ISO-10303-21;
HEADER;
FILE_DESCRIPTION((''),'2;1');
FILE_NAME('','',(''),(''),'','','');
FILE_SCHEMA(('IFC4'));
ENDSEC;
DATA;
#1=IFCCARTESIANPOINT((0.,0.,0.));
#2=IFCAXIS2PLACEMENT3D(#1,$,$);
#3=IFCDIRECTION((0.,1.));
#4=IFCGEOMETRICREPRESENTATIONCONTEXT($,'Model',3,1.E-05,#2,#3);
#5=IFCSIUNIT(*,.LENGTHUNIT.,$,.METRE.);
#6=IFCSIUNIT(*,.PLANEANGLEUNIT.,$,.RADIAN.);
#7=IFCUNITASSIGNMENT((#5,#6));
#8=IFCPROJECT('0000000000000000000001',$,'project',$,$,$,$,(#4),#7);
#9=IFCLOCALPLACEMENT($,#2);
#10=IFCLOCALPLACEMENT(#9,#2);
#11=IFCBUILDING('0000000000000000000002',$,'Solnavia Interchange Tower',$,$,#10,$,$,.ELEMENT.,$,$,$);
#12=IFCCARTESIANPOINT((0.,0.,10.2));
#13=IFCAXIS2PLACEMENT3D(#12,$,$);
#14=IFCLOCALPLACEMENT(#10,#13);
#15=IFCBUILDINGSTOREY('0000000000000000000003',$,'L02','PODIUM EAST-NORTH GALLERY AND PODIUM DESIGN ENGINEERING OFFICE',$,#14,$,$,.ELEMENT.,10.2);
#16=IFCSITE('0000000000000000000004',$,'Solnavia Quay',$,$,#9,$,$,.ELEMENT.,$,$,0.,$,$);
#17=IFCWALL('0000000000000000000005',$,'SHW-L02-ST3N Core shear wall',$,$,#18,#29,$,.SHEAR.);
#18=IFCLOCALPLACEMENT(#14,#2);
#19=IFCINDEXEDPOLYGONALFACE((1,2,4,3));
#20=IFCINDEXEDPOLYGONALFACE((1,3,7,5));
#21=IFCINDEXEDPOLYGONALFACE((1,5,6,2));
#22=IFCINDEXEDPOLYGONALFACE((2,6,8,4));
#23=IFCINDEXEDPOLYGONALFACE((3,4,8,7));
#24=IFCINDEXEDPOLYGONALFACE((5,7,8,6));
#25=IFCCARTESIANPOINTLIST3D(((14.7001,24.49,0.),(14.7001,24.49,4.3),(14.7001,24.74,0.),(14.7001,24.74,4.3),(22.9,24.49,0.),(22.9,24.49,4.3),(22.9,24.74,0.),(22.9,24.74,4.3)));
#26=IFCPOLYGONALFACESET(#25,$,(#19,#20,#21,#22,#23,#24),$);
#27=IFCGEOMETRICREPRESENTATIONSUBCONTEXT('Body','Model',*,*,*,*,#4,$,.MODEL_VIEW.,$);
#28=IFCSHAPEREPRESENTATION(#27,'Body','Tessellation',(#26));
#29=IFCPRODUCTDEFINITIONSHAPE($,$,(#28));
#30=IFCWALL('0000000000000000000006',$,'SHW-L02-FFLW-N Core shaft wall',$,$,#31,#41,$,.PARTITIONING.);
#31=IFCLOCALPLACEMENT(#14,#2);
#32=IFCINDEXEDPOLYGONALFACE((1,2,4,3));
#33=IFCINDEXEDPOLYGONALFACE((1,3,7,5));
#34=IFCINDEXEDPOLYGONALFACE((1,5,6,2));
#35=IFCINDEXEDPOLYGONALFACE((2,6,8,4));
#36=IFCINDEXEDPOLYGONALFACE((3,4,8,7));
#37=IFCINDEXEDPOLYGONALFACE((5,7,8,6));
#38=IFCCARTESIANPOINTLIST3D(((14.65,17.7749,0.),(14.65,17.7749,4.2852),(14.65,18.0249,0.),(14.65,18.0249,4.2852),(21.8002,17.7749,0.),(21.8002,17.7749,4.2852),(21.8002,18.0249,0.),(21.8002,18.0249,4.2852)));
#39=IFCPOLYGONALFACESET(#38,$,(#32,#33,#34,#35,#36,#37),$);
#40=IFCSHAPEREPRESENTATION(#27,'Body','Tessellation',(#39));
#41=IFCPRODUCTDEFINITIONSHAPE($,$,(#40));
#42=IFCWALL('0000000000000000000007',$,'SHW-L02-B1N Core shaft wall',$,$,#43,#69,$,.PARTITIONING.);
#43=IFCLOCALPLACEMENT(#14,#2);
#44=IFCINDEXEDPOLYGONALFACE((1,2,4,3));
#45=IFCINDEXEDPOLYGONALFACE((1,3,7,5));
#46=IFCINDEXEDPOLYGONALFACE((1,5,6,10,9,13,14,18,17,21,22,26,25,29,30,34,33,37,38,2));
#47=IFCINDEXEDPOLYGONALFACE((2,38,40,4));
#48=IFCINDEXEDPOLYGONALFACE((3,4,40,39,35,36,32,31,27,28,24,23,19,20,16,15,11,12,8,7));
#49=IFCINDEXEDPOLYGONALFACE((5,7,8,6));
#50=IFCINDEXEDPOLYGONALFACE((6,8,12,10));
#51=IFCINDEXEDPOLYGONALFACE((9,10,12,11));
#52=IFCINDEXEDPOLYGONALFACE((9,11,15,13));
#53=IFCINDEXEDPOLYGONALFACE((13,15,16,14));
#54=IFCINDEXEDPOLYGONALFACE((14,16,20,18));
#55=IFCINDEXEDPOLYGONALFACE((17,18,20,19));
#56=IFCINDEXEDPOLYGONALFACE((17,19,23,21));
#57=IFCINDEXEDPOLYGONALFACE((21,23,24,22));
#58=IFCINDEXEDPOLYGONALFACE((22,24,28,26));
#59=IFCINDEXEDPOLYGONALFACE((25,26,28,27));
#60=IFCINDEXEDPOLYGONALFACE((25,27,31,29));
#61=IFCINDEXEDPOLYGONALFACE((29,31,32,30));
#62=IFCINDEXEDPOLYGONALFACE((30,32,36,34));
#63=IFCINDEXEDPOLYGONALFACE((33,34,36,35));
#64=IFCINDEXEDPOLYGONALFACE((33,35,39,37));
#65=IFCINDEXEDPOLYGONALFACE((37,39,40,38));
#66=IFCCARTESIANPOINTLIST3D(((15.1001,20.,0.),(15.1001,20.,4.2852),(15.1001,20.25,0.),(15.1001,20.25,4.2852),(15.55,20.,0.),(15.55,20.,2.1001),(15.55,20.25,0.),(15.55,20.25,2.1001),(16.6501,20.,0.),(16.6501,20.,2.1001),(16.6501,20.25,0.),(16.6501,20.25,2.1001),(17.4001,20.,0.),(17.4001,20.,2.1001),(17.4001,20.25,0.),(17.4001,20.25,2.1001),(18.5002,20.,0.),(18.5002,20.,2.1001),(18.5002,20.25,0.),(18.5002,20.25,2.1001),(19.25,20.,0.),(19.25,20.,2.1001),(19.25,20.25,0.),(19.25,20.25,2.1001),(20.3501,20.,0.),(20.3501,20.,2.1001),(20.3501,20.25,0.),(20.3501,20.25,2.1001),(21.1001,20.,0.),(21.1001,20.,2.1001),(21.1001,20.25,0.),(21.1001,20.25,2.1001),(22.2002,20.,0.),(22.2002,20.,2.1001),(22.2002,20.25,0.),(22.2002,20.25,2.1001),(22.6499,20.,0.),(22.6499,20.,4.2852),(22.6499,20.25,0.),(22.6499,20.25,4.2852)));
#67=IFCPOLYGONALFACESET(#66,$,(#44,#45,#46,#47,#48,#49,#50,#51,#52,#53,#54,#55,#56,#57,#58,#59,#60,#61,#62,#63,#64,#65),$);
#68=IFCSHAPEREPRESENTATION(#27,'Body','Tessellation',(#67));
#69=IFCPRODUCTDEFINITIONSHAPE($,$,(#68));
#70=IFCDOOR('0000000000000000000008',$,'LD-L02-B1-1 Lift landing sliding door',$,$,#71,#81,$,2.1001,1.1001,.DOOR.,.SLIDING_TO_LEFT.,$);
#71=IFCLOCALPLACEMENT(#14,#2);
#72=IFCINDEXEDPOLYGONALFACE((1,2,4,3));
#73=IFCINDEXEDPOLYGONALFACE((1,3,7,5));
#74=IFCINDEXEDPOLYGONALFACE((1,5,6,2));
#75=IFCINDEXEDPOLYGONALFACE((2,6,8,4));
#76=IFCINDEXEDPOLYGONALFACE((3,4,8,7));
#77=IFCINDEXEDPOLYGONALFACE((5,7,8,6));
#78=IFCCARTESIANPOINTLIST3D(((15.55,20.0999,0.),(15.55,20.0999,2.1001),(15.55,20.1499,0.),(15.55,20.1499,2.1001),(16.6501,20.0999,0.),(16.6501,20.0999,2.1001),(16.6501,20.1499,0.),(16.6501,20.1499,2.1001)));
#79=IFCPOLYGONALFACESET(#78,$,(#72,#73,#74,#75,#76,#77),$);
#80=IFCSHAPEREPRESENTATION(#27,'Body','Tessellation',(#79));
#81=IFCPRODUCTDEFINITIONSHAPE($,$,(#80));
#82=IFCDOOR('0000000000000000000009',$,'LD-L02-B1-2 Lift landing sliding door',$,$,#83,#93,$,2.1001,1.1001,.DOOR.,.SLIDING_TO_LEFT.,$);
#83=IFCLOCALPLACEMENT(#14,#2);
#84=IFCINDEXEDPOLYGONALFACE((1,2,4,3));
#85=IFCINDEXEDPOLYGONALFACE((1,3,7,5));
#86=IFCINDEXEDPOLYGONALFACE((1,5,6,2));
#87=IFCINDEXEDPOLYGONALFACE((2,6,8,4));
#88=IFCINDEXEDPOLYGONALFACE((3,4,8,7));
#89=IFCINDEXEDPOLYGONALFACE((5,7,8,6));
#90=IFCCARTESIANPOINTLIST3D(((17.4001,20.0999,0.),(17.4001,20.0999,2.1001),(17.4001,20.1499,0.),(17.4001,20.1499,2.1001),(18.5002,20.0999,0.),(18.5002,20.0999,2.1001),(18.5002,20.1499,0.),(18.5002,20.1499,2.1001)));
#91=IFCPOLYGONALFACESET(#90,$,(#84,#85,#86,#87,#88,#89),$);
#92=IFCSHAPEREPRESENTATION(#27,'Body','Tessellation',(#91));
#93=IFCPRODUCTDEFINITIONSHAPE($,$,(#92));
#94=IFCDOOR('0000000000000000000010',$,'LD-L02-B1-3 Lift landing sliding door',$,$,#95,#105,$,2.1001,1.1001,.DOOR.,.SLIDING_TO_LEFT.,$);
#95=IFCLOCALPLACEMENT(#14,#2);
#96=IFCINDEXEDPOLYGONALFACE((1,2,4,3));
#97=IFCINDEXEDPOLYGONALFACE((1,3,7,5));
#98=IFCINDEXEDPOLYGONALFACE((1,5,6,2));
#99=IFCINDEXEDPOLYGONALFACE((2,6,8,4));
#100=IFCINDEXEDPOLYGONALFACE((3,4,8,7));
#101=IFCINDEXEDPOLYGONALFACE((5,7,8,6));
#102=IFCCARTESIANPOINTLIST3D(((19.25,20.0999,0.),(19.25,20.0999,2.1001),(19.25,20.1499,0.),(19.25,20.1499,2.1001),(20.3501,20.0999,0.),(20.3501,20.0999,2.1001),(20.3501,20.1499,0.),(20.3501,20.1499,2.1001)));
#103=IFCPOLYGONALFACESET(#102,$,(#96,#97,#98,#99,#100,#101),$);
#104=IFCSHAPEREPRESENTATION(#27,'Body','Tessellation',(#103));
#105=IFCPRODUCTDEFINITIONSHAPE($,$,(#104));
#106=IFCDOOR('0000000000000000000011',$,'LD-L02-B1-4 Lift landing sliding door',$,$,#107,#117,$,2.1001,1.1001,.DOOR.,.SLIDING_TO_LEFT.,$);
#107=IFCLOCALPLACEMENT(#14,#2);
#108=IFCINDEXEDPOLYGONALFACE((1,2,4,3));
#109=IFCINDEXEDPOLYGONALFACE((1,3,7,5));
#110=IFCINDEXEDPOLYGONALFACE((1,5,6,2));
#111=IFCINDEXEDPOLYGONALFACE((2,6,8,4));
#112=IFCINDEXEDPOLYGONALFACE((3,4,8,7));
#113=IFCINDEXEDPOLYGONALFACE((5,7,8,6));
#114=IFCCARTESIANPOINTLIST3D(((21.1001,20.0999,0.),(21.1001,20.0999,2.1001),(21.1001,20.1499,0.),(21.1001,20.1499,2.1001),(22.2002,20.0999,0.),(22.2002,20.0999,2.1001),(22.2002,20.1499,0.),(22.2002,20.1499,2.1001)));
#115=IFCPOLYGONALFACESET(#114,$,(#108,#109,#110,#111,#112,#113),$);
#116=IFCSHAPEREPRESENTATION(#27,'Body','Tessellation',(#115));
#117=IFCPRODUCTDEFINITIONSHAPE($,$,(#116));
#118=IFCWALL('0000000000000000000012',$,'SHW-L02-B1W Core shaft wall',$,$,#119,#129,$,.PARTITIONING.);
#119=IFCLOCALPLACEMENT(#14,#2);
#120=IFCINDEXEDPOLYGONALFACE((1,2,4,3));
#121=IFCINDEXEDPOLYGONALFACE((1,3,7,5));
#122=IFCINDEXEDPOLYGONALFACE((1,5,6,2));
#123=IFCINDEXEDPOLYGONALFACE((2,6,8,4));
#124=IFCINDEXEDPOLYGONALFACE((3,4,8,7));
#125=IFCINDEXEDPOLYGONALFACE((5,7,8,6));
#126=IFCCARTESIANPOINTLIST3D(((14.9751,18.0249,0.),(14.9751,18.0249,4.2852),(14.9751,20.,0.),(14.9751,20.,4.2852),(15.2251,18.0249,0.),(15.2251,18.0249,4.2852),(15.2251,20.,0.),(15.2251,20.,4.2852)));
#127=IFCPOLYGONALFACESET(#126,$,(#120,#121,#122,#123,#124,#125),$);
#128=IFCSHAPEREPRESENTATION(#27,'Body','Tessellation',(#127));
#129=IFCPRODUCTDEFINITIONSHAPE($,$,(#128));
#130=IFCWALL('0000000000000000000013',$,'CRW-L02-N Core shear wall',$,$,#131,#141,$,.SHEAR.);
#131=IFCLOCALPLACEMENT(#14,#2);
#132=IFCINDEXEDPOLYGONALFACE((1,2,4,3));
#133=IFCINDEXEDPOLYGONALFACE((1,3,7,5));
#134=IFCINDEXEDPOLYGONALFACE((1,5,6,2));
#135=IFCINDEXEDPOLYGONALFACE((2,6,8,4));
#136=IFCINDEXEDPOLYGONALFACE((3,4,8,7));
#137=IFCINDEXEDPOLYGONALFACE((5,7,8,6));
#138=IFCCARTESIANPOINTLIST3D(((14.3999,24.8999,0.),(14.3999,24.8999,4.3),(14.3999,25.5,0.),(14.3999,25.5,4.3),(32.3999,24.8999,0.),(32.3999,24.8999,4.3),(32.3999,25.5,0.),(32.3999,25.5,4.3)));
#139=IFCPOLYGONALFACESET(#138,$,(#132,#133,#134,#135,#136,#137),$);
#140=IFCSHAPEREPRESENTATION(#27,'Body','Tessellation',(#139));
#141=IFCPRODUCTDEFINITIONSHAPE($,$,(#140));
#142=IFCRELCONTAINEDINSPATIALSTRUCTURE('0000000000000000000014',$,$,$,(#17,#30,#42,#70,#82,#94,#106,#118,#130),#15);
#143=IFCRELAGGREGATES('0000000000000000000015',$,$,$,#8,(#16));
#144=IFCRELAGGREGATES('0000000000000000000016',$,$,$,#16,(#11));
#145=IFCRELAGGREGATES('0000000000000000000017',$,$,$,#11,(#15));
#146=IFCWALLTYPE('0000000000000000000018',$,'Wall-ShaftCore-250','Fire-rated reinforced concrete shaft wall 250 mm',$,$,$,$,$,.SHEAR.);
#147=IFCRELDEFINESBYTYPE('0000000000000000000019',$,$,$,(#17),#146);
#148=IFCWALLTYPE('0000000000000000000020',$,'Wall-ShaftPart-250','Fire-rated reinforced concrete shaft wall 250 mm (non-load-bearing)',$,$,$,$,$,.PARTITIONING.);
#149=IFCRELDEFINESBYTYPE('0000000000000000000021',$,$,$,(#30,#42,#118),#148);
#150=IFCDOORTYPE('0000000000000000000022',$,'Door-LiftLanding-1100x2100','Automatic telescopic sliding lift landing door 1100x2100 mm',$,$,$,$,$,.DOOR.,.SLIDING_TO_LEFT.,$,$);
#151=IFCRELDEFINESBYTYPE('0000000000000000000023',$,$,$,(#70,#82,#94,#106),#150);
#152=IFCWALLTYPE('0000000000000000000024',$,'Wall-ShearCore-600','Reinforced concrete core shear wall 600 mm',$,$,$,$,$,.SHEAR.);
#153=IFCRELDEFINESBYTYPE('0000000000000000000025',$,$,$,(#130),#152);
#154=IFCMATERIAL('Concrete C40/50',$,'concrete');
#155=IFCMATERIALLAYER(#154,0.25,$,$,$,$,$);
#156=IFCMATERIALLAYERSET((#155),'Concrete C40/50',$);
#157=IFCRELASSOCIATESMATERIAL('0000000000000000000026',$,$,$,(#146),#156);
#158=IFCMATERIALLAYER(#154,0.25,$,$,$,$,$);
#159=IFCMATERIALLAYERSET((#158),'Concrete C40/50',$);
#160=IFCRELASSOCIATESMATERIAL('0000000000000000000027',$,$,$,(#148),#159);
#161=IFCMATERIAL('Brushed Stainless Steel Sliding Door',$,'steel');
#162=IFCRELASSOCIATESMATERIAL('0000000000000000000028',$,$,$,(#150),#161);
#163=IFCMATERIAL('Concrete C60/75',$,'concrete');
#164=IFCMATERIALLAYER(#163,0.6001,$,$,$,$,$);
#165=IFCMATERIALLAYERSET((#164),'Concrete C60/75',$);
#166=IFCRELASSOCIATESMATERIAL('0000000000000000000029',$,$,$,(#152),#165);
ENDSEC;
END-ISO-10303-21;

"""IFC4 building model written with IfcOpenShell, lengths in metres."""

from ifc_helpers import new_model, si_unit, direction, frame, frame_2d, origin, place, context, subcontext, project, spatial, rectangle, extrude, material, layer, layer_set, type_object, element, fill, save


model = new_model("IFC4")

# Units and contexts
model_context = context("Model", 3, precision=1e-05, world=origin(), true_north=direction((0.0, 1.0)))
body_context = subcontext(model_context, "Body", "Model", "MODEL_VIEW")
ifc_project = project(units=[si_unit("LENGTHUNIT", "METRE"), si_unit("PLANEANGLEUNIT", "RADIAN")], contexts=[model_context])

# Site, building, storey
site_placement = place(None, origin())
site = spatial("IfcSite", under=ifc_project, at=site_placement, Name="Solnavia Quay", CompositionType="ELEMENT", RefElevation=0.0)
building_placement = place(site_placement, origin())
building = spatial("IfcBuilding", under=site, at=building_placement, Name="Solnavia Interchange Tower", CompositionType="ELEMENT")
storey_placement = place(building_placement, frame((0.0, 0.0, 10.2)))
storey = spatial("IfcBuildingStorey", under=building, at=storey_placement, Name="L02", Description="PODIUM EAST-NORTH GALLERY AND PODIUM DESIGN ENGINEERING OFFICE", CompositionType="ELEMENT", Elevation=10.2)

# Shared definitions
ifc_material_1 = material(Name="Concrete C60/75", Category="concrete")

# Shared definitions
ifc_material_2 = material(Name="Concrete C40/50", Category="concrete")

# Walls
ifc_layer_1 = layer(ifc_material_2, 0.25)
ifc_layer_set_1 = layer_set([ifc_layer_1], Name="Concrete C40/50")
wall_type_1 = type_object("IfcWallType", Name="Wall-ShaftCore-250", Description="Fire-rated reinforced concrete shaft wall 250 mm", PredefinedType="SHEAR", material=ifc_layer_set_1)
for number, where, z_axis, x_axis, name in (
    (1, (14.7, 24.615, 0.0), (0.0, 0.0, 1.0), (1.0, 0.0, 0.0), "SHW-L02-ST3N Core shear wall"),
):
    element("IfcWall", number, at=place(storey_placement, frame(where, z_axis=z_axis, x_axis=x_axis)), inside=storey, type_object=wall_type_1, Name=name, PredefinedType="SHEAR", context=body_context, shape_type="SweptSolid", body=[
        extrude(rectangle(XDim=8.2, YDim=0.25, at=frame_2d((4.1001, 0.0))), origin(), (0.0, 0.0, 1.0), 4.3),
    ])
ifc_layer_2 = layer(ifc_material_2, 0.25)
ifc_layer_set_2 = layer_set([ifc_layer_2], Name="Concrete C40/50")
wall_type_2 = type_object("IfcWallType", Name="Wall-ShaftPart-250", Description="Fire-rated reinforced concrete shaft wall 250 mm (non-load-bearing)", PredefinedType="PARTITIONING", material=ifc_layer_set_2)
wall_1_placement = place(storey_placement, frame((14.6499, 17.8999, 0.0), z_axis=(0.0, 0.0, 1.0), x_axis=(1.0, 0.0, 0.0)))
element("IfcWall", 2, at=wall_1_placement, inside=storey, type_object=wall_type_2, Name="SHW-L02-FFLW-N Core shaft wall", PredefinedType="PARTITIONING", context=body_context, shape_type="SweptSolid", body=[
    extrude(rectangle(XDim=7.1501, YDim=0.25, at=frame_2d((3.5752, 0.0))), origin(), (0.0, 0.0, 1.0), 4.2852),
])

# Wall, openings, doors
wall_2_placement = place(storey_placement, frame((15.1001, 20.125, 0.0), z_axis=(0.0, 0.0, 1.0), x_axis=(1.0, 0.0, 0.0)))
wall_2 = element("IfcWall", 3, at=wall_2_placement, inside=storey, type_object=wall_type_2, Name="SHW-L02-B1N Core shaft wall", PredefinedType="PARTITIONING", context=body_context, shape_type="SweptSolid", body=[
    extrude(rectangle(XDim=7.5498, YDim=0.25, at=frame_2d((3.7749, 0.0))), origin(), (0.0, 0.0, 1.0), 4.2852),
])
opening_1_placement = place(wall_2_placement, frame((0.45, 0.0, 0.0)))
opening_1 = element("IfcOpeningElement", 4, at=opening_1_placement, cuts=wall_2, PredefinedType="OPENING", context=body_context, shape_type="SweptSolid", body=[
    extrude(rectangle(XDim=1.1001, YDim=2.1001, at=frame_2d((0.55, 1.05))), frame((0.0, 0.135, 0.0), z_axis=(0.0, -1.0, 0.0), x_axis=(1.0, 0.0, 0.0)), (0.0, 0.0, 1.0), 0.27),
])
opening_2_placement = place(wall_2_placement, frame((2.3, 0.0, 0.0)))
opening_2 = element("IfcOpeningElement", 5, at=opening_2_placement, cuts=wall_2, PredefinedType="OPENING", context=body_context, shape_type="SweptSolid", body=[
    extrude(rectangle(XDim=1.1001, YDim=2.1001, at=frame_2d((0.55, 1.05))), frame((0.0, 0.135, 0.0), z_axis=(0.0, -1.0, 0.0), x_axis=(1.0, 0.0, 0.0)), (0.0, 0.0, 1.0), 0.27),
])
opening_3_placement = place(wall_2_placement, frame((4.1499, 0.0, 0.0)))
opening_3 = element("IfcOpeningElement", 6, at=opening_3_placement, cuts=wall_2, PredefinedType="OPENING", context=body_context, shape_type="SweptSolid", body=[
    extrude(rectangle(XDim=1.1001, YDim=2.1001, at=frame_2d((0.55, 1.05))), frame((0.0, 0.135, 0.0), z_axis=(0.0, -1.0, 0.0), x_axis=(1.0, 0.0, 0.0)), (0.0, 0.0, 1.0), 0.27),
])
opening_4_placement = place(wall_2_placement, frame((6.0, 0.0, 0.0)))
opening_4 = element("IfcOpeningElement", 7, at=opening_4_placement, cuts=wall_2, PredefinedType="OPENING", context=body_context, shape_type="SweptSolid", body=[
    extrude(rectangle(XDim=1.1001, YDim=2.1001, at=frame_2d((0.55, 1.05))), frame((0.0, 0.135, 0.0), z_axis=(0.0, -1.0, 0.0), x_axis=(1.0, 0.0, 0.0)), (0.0, 0.0, 1.0), 0.27),
])
ifc_material_3 = material(Name="Brushed Stainless Steel Sliding Door", Category="steel")
door_type_1 = type_object("IfcDoorType", Name="Door-LiftLanding-1100x2100", Description="Automatic telescopic sliding lift landing door 1100x2100 mm", OperationType="SLIDING_TO_LEFT", PredefinedType="DOOR", material=ifc_material_3)
door_1_placement = place(opening_1_placement, origin())
door_1 = element("IfcDoor", 8, at=door_1_placement, inside=storey, type_object=door_type_1, Name="LD-L02-B1-1 Lift landing sliding door", OperationType="SLIDING_TO_LEFT", OverallHeight=2.1001, OverallWidth=1.1001, PredefinedType="DOOR", context=body_context, shape_type="SweptSolid", body=[
    extrude(rectangle(XDim=1.1001, YDim=2.1001, at=frame_2d((0.55, 1.05))), frame((0.0, 0.0249, 0.0), z_axis=(0.0, -1.0, 0.0), x_axis=(1.0, 0.0, 0.0)), (0.0, 0.0, 1.0), 0.05),
])
fill(opening_1, door_1)
door_2_placement = place(opening_2_placement, origin())
door_2 = element("IfcDoor", 9, at=door_2_placement, inside=storey, type_object=door_type_1, Name="LD-L02-B1-2 Lift landing sliding door", OperationType="SLIDING_TO_LEFT", OverallHeight=2.1001, OverallWidth=1.1001, PredefinedType="DOOR", context=body_context, shape_type="SweptSolid", body=[
    extrude(rectangle(XDim=1.1001, YDim=2.1001, at=frame_2d((0.55, 1.05))), frame((0.0, 0.0249, 0.0), z_axis=(0.0, -1.0, 0.0), x_axis=(1.0, 0.0, 0.0)), (0.0, 0.0, 1.0), 0.05),
])
fill(opening_2, door_2)
door_3_placement = place(opening_3_placement, origin())
door_3 = element("IfcDoor", 10, at=door_3_placement, inside=storey, type_object=door_type_1, Name="LD-L02-B1-3 Lift landing sliding door", OperationType="SLIDING_TO_LEFT", OverallHeight=2.1001, OverallWidth=1.1001, PredefinedType="DOOR", context=body_context, shape_type="SweptSolid", body=[
    extrude(rectangle(XDim=1.1001, YDim=2.1001, at=frame_2d((0.55, 1.05))), frame((0.0, 0.0249, 0.0), z_axis=(0.0, -1.0, 0.0), x_axis=(1.0, 0.0, 0.0)), (0.0, 0.0, 1.0), 0.05),
])
fill(opening_3, door_3)
door_4_placement = place(opening_4_placement, origin())
door_4 = element("IfcDoor", 11, at=door_4_placement, inside=storey, type_object=door_type_1, Name="LD-L02-B1-4 Lift landing sliding door", OperationType="SLIDING_TO_LEFT", OverallHeight=2.1001, OverallWidth=1.1001, PredefinedType="DOOR", context=body_context, shape_type="SweptSolid", body=[
    extrude(rectangle(XDim=1.1001, YDim=2.1001, at=frame_2d((0.55, 1.05))), frame((0.0, 0.0249, 0.0), z_axis=(0.0, -1.0, 0.0), x_axis=(1.0, 0.0, 0.0)), (0.0, 0.0, 1.0), 0.05),
])
fill(opening_4, door_4)

# Walls
wall_3_placement = place(storey_placement, frame((15.1001, 18.0249, 0.0), z_axis=(0.0, 0.0, 1.0), x_axis=(0.0, 1.0, 0.0)))
element("IfcWall", 12, at=wall_3_placement, inside=storey, type_object=wall_type_2, Name="SHW-L02-B1W Core shaft wall", PredefinedType="PARTITIONING", context=body_context, shape_type="SweptSolid", body=[
    extrude(rectangle(XDim=1.9751, YDim=0.25, at=frame_2d((0.9875, 0.0))), origin(), (0.0, 0.0, 1.0), 4.2852),
])
ifc_layer_3 = layer(ifc_material_1, 0.6001)
ifc_layer_set_3 = layer_set([ifc_layer_3], Name="Concrete C60/75")
wall_type_3 = type_object("IfcWallType", Name="Wall-ShearCore-600", Description="Reinforced concrete core shear wall 600 mm", PredefinedType="SHEAR", material=ifc_layer_set_3)
wall_4_placement = place(storey_placement, frame((14.3999, 25.2, 0.0), z_axis=(0.0, 0.0, 1.0), x_axis=(1.0, 0.0, 0.0)))
element("IfcWall", 13, at=wall_4_placement, inside=storey, type_object=wall_type_3, Name="CRW-L02-N Core shear wall", PredefinedType="SHEAR", context=body_context, shape_type="SweptSolid", body=[
    extrude(rectangle(XDim=18.0, YDim=0.6001, at=frame_2d((9.0, 0.0))), origin(), (0.0, 0.0, 1.0), 4.3),
])

save(model, "model.ifc")
